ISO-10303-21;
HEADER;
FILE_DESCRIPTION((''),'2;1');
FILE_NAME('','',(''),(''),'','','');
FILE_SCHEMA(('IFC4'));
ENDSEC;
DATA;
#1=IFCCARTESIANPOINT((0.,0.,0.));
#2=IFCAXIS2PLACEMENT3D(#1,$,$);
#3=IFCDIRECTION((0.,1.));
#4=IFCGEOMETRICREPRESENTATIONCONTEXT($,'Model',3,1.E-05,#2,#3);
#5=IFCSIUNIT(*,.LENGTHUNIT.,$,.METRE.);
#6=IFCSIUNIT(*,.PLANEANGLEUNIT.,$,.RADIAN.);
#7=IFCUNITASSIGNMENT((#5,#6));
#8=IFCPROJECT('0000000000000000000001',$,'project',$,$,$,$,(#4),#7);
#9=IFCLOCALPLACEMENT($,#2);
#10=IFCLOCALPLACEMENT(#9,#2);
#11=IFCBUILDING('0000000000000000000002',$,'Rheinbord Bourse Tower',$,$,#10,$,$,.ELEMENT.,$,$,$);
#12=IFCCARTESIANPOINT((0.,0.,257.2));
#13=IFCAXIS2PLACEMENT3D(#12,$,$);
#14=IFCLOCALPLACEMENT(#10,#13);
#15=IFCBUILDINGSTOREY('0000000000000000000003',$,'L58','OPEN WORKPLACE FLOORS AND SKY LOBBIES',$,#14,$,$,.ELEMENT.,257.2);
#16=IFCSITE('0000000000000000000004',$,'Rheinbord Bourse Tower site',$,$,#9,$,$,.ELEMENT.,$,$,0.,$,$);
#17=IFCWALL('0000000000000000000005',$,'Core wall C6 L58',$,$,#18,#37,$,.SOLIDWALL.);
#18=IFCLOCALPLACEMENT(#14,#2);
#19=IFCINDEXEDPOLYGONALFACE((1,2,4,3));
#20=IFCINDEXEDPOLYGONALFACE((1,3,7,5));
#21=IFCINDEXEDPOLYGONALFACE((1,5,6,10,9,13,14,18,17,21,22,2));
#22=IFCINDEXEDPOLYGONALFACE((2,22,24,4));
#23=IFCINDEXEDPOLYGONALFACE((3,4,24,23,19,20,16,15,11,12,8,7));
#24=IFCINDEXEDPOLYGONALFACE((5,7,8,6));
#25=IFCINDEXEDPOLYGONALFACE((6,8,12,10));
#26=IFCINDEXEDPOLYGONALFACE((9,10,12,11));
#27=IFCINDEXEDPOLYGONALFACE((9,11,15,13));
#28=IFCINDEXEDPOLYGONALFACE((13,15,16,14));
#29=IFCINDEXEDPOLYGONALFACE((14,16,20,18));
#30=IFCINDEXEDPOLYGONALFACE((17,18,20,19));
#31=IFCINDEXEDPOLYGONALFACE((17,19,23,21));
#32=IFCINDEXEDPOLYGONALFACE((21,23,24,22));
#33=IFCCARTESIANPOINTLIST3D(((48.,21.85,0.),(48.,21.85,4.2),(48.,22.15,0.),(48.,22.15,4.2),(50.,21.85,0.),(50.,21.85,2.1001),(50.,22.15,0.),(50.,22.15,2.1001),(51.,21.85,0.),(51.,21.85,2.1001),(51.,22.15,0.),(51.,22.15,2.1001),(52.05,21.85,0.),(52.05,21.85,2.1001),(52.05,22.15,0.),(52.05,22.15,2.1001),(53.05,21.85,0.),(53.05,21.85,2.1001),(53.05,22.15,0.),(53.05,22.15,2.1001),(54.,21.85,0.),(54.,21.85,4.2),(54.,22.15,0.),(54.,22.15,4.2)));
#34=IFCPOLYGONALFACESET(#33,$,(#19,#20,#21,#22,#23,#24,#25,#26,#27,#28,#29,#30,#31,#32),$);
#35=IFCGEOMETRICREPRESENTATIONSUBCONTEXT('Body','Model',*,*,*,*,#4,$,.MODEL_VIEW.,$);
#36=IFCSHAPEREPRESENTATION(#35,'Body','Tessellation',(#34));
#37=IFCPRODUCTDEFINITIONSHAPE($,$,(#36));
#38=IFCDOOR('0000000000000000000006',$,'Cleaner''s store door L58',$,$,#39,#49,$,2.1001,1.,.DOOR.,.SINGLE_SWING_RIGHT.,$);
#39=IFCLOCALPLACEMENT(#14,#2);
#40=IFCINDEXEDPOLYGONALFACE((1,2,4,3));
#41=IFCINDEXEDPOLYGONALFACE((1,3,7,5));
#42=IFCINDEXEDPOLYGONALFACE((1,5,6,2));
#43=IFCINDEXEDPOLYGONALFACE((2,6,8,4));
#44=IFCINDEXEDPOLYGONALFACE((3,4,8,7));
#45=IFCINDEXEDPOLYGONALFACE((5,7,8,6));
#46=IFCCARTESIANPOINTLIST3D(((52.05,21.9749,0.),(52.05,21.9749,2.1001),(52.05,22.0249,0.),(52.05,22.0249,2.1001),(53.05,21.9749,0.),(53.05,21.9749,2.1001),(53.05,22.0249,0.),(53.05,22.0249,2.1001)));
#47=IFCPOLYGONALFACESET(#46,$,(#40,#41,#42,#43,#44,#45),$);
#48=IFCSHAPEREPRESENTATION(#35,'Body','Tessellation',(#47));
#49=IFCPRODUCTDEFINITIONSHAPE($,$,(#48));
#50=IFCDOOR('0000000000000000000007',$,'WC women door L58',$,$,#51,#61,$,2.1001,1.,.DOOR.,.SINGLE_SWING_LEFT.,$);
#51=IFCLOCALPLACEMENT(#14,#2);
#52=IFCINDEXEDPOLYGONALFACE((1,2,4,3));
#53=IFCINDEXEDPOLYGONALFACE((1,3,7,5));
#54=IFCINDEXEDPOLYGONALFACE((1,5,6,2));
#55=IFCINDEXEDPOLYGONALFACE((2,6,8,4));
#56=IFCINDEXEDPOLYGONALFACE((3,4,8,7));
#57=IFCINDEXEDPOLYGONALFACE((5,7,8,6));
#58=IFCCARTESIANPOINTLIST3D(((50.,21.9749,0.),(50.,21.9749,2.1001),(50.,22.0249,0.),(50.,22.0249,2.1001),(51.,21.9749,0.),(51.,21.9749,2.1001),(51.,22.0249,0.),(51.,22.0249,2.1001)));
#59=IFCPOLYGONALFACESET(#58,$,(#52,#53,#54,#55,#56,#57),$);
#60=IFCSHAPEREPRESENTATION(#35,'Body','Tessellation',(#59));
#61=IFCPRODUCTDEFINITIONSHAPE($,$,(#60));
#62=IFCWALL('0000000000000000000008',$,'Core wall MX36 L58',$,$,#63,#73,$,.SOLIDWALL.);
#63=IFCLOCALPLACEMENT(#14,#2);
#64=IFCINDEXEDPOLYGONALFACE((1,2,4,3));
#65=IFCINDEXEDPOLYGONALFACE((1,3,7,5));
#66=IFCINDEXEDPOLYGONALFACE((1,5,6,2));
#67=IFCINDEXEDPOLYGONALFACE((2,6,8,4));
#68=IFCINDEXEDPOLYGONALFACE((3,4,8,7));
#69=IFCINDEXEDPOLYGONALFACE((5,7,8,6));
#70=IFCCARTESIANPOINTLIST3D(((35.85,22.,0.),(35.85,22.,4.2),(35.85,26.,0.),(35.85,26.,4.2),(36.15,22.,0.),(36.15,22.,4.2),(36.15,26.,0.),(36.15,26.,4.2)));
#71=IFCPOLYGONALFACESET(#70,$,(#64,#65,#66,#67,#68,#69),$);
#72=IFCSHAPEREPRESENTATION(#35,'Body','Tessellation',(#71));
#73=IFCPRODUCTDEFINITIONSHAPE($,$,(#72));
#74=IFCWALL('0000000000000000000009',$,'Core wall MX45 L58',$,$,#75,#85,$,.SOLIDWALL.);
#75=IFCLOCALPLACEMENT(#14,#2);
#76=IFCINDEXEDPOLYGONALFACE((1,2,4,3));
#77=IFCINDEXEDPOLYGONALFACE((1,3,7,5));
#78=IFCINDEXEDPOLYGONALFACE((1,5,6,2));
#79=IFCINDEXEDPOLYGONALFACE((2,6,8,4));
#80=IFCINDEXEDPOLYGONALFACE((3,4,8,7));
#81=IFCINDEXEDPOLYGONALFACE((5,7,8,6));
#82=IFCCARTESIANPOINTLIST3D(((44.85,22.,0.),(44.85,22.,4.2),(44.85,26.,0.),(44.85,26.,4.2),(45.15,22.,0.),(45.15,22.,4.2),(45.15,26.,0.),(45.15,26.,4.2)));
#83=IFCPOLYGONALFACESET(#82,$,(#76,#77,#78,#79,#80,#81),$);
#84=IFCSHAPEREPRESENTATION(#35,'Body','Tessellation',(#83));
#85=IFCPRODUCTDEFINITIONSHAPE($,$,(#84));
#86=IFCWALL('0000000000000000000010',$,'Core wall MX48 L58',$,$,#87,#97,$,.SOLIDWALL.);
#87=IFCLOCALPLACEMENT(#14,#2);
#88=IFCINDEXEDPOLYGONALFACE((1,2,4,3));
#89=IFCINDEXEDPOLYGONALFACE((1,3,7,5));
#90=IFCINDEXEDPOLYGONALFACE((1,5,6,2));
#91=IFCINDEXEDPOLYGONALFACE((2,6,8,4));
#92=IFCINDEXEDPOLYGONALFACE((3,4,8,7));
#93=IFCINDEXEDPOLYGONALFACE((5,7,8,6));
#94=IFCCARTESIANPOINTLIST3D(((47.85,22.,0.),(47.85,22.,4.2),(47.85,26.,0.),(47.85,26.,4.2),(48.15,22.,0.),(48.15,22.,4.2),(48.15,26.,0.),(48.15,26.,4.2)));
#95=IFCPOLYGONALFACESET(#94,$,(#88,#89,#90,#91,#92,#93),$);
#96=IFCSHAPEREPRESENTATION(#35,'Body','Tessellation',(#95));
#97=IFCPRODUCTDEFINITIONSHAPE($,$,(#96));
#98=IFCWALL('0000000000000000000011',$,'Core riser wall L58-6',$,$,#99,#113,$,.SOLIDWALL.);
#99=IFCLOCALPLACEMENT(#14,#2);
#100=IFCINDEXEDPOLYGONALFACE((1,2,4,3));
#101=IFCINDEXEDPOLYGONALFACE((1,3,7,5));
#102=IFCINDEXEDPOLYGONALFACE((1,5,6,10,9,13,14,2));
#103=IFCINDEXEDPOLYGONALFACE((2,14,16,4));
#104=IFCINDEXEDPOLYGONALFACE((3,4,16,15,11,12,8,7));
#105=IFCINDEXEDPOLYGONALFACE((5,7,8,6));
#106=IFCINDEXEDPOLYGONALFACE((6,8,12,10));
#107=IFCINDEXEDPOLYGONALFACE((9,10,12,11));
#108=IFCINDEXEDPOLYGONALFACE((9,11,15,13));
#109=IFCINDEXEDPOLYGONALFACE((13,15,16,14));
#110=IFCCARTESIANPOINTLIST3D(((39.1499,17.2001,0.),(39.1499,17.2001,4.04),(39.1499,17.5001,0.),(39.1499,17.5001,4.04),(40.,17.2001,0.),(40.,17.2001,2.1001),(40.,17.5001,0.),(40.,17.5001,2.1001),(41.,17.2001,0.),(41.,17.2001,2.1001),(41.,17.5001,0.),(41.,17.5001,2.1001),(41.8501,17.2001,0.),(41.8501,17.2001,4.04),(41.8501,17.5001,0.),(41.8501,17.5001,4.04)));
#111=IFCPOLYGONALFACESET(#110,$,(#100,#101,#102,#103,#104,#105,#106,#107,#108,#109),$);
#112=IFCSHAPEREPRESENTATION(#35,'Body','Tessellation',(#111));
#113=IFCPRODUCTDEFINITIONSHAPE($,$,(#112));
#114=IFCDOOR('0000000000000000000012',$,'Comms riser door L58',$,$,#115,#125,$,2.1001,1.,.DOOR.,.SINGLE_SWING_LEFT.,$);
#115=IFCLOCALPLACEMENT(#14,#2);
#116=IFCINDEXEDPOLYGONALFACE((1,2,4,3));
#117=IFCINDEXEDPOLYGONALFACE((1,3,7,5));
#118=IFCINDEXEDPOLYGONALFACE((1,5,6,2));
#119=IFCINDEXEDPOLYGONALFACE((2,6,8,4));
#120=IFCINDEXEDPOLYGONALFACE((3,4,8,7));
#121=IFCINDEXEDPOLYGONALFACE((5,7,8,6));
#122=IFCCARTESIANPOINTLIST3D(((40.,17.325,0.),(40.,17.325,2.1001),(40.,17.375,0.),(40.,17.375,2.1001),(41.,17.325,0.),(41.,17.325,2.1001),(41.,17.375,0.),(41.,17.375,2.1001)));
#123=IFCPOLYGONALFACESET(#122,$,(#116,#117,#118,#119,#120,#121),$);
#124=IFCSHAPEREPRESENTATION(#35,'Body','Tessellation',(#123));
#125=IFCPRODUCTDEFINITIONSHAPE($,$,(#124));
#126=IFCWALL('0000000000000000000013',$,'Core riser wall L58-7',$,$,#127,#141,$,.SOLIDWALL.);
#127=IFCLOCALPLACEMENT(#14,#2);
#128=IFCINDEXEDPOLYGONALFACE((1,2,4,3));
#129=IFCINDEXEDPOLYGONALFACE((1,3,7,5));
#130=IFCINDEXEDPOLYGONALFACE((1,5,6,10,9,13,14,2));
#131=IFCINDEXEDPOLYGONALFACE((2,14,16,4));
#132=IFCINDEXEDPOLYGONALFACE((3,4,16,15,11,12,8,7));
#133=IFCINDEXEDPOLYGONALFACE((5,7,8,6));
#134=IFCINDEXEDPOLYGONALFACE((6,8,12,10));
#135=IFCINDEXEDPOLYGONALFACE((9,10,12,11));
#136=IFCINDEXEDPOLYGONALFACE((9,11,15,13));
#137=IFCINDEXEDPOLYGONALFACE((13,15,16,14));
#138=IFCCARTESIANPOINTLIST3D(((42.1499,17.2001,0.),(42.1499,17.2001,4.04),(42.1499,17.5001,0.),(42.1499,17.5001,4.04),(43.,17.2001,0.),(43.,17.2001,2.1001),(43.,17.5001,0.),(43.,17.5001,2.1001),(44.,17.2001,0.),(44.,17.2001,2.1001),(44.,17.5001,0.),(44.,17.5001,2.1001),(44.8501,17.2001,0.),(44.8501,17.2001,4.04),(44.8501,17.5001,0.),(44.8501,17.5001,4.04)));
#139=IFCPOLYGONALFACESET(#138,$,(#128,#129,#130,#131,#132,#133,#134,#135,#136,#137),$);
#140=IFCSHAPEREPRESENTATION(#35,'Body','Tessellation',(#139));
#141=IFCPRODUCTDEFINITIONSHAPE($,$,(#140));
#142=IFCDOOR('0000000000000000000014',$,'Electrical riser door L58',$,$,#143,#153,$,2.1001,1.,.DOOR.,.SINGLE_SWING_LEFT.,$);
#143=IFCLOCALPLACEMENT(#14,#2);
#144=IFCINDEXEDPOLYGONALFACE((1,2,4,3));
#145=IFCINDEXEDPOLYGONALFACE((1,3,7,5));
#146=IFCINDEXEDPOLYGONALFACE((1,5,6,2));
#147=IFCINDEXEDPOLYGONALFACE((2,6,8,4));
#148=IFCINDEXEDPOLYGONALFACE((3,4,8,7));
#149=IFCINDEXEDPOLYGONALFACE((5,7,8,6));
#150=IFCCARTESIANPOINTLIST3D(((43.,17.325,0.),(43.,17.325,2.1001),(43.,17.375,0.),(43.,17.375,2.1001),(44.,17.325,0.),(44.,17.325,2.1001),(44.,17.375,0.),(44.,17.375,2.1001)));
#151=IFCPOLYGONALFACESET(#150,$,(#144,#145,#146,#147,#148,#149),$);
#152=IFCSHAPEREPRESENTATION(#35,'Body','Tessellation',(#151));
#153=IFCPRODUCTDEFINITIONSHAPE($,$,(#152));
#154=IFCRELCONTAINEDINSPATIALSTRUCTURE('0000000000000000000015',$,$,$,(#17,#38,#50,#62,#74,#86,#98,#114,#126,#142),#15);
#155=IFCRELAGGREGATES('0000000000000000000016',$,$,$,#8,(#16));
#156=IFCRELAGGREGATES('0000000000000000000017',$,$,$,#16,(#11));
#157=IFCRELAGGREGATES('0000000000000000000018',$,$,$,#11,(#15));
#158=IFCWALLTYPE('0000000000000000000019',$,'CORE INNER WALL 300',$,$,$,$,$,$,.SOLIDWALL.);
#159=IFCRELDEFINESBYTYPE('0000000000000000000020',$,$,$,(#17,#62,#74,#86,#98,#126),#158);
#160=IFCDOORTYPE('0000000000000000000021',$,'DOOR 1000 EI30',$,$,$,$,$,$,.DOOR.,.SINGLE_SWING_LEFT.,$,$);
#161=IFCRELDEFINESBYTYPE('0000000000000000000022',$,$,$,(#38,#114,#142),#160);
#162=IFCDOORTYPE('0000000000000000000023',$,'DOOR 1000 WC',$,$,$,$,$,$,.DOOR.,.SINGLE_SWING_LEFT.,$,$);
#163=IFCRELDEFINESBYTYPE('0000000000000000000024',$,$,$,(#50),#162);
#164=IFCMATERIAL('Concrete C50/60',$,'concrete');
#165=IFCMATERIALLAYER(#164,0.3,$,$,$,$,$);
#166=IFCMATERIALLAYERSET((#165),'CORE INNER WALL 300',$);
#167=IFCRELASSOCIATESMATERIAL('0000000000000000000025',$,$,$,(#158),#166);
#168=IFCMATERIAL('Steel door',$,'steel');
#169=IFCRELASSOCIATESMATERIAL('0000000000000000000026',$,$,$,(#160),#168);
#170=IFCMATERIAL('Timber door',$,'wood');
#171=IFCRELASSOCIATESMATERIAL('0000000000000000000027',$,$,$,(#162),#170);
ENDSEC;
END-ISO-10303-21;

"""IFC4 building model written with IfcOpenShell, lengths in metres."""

from ifc_helpers import new_model, si_unit, direction, frame, frame_2d, origin, place, context, subcontext, project, spatial, rectangle, extrude, material, layer, layer_set, type_object, element, fill, save


model = new_model("IFC4")

# Units and contexts
model_context = context("Model", 3, precision=1e-05, world=origin(), true_north=direction((0.0, 1.0)))
body_context = subcontext(model_context, "Body", "Model", "MODEL_VIEW")
ifc_project = project(units=[si_unit("LENGTHUNIT", "METRE"), si_unit("PLANEANGLEUNIT", "RADIAN")], contexts=[model_context])

# Site, building, storey
site_placement = place(None, origin())
site = spatial("IfcSite", under=ifc_project, at=site_placement, Name="Rheinbord Bourse Tower site", CompositionType="ELEMENT", RefElevation=0.0)
building_placement = place(site_placement, origin())
building = spatial("IfcBuilding", under=site, at=building_placement, Name="Rheinbord Bourse Tower", CompositionType="ELEMENT")
storey_placement = place(building_placement, frame((0.0, 0.0, 257.2)))
storey = spatial("IfcBuildingStorey", under=building, at=storey_placement, Name="L58", Description="OPEN WORKPLACE FLOORS AND SKY LOBBIES", CompositionType="ELEMENT", Elevation=257.2)

# Shared definitions
ifc_material_1 = material(Name="Concrete C50/60", Category="concrete")
ifc_layer_1 = layer(ifc_material_1, 0.3)
ifc_layer_set_1 = layer_set([ifc_layer_1], Name="CORE INNER WALL 300")
wall_type_1 = type_object("IfcWallType", Name="CORE INNER WALL 300", PredefinedType="SOLIDWALL", material=ifc_layer_set_1)
ifc_material_2 = material(Name="Steel door", Category="steel")
door_type_1 = type_object("IfcDoorType", Name="DOOR 1000 EI30", OperationType="SINGLE_SWING_LEFT", PredefinedType="DOOR", material=ifc_material_2)
ifc_material_3 = material(Name="Timber door", Category="wood")
door_type_2 = type_object("IfcDoorType", Name="DOOR 1000 WC", OperationType="SINGLE_SWING_LEFT", PredefinedType="DOOR", material=ifc_material_3)

# Wall, openings, doors
wall_1_placement = place(storey_placement, frame((48.0, 22.0, 0.0), z_axis=(0.0, 0.0, 1.0), x_axis=(1.0, 0.0, 0.0)))
wall_1 = element("IfcWall", 1, at=wall_1_placement, inside=storey, type_object=wall_type_1, Name="Core wall C6 L58", PredefinedType="SOLIDWALL", context=body_context, shape_type="SweptSolid", body=[
    extrude(rectangle(XDim=6.0, YDim=0.3, at=frame_2d((3.0, 0.0))), origin(), (0.0, 0.0, 1.0), 4.2),
])
opening_1_placement = place(wall_1_placement, frame((2.0, 0.0, 0.0)))
opening_1 = element("IfcOpeningElement", 2, at=opening_1_placement, cuts=wall_1, PredefinedType="OPENING", context=body_context, shape_type="SweptSolid", body=[
    extrude(rectangle(XDim=1.0, YDim=2.1001, at=frame_2d((0.5, 1.05))), frame((0.0, 0.1599, 0.0), z_axis=(0.0, -1.0, 0.0), x_axis=(1.0, 0.0, 0.0)), (0.0, 0.0, 1.0), 0.3201),
])
opening_2_placement = place(wall_1_placement, frame((4.05, 0.0, 0.0)))
opening_2 = element("IfcOpeningElement", 3, at=opening_2_placement, cuts=wall_1, PredefinedType="OPENING", context=body_context, shape_type="SweptSolid", body=[
    extrude(rectangle(XDim=1.0, YDim=2.1001, at=frame_2d((0.5, 1.05))), frame((0.0, 0.1599, 0.0), z_axis=(0.0, -1.0, 0.0), x_axis=(1.0, 0.0, 0.0)), (0.0, 0.0, 1.0), 0.3201),
])
door_1_placement = place(opening_2_placement, origin())
door_1 = element("IfcDoor", 4, at=door_1_placement, inside=storey, type_object=door_type_1, Name="Cleaner's store door L58", OperationType="SINGLE_SWING_RIGHT", OverallHeight=2.1001, OverallWidth=1.0, PredefinedType="DOOR", context=body_context, shape_type="SweptSolid", body=[
    extrude(rectangle(XDim=1.0, YDim=2.1001, at=frame_2d((0.5, 1.05))), frame((0.0, 0.0249, 0.0), z_axis=(0.0, -1.0, 0.0), x_axis=(1.0, 0.0, 0.0)), (0.0, 0.0, 1.0), 0.05),
])
fill(opening_2, door_1)
door_2_placement = place(opening_1_placement, origin())
door_2 = element("IfcDoor", 5, at=door_2_placement, inside=storey, type_object=door_type_2, Name="WC women door L58", OperationType="SINGLE_SWING_LEFT", OverallHeight=2.1001, OverallWidth=1.0, PredefinedType="DOOR", context=body_context, shape_type="SweptSolid", body=[
    extrude(rectangle(XDim=1.0, YDim=2.1001, at=frame_2d((0.5, 1.05))), frame((0.0, 0.0249, 0.0), z_axis=(0.0, -1.0, 0.0), x_axis=(1.0, 0.0, 0.0)), (0.0, 0.0, 1.0), 0.05),
])
fill(opening_1, door_2)

# Walls
for number, where, z_axis, x_axis, name in (
    (6, (36.0, 22.0, 0.0), (0.0, 0.0, 1.0), (0.0, 1.0, 0.0), "Core wall MX36 L58"),
    (7, (45.0, 22.0, 0.0), (0.0, 0.0, 1.0), (0.0, 1.0, 0.0), "Core wall MX45 L58"),
    (8, (48.0, 22.0, 0.0), (0.0, 0.0, 1.0), (0.0, 1.0, 0.0), "Core wall MX48 L58"),
):
    element("IfcWall", number, at=place(storey_placement, frame(where, z_axis=z_axis, x_axis=x_axis)), inside=storey, type_object=wall_type_1, Name=name, PredefinedType="SOLIDWALL", context=body_context, shape_type="SweptSolid", body=[
        extrude(rectangle(XDim=4.0, YDim=0.3, at=frame_2d((2.0, 0.0))), origin(), (0.0, 0.0, 1.0), 4.2),
    ])

# Walls, openings, doors
wall_2_placement = place(storey_placement, frame((39.1499, 17.3501, 0.0), z_axis=(0.0, 0.0, 1.0), x_axis=(1.0, 0.0, 0.0)))
wall_2 = element("IfcWall", 9, at=wall_2_placement, inside=storey, type_object=wall_type_1, Name="Core riser wall L58-6", PredefinedType="SOLIDWALL", context=body_context, shape_type="SweptSolid", body=[
    extrude(rectangle(XDim=2.7002, YDim=0.3, at=frame_2d((1.3501, 0.0))), origin(), (0.0, 0.0, 1.0), 4.04),
])
opening_3_placement = place(wall_2_placement, frame((0.8501, 0.0, 0.0)))
opening_3 = element("IfcOpeningElement", 10, at=opening_3_placement, cuts=wall_2, PredefinedType="OPENING", context=body_context, shape_type="SweptSolid", body=[
    extrude(rectangle(XDim=1.0, YDim=2.1001, at=frame_2d((0.5, 1.05))), frame((0.0, 0.1599, 0.0), z_axis=(0.0, -1.0, 0.0), x_axis=(1.0, 0.0, 0.0)), (0.0, 0.0, 1.0), 0.3201),
])
door_3_placement = place(opening_3_placement, origin())
door_3 = element("IfcDoor", 11, at=door_3_placement, inside=storey, type_object=door_type_1, Name="Comms riser door L58", OperationType="SINGLE_SWING_LEFT", OverallHeight=2.1001, OverallWidth=1.0, PredefinedType="DOOR", context=body_context, shape_type="SweptSolid", body=[
    extrude(rectangle(XDim=1.0, YDim=2.1001, at=frame_2d((0.5, 1.05))), frame((0.0, 0.0249, 0.0), z_axis=(0.0, -1.0, 0.0), x_axis=(1.0, 0.0, 0.0)), (0.0, 0.0, 1.0), 0.05),
])
fill(opening_3, door_3)
wall_3_placement = place(storey_placement, frame((42.1499, 17.3501, 0.0), z_axis=(0.0, 0.0, 1.0), x_axis=(1.0, 0.0, 0.0)))
wall_3 = element("IfcWall", 12, at=wall_3_placement, inside=storey, type_object=wall_type_1, Name="Core riser wall L58-7", PredefinedType="SOLIDWALL", context=body_context, shape_type="SweptSolid", body=[
    extrude(rectangle(XDim=2.7002, YDim=0.3, at=frame_2d((1.3501, 0.0))), origin(), (0.0, 0.0, 1.0), 4.04),
])
opening_4_placement = place(wall_3_placement, frame((0.8501, 0.0, 0.0)))
opening_4 = element("IfcOpeningElement", 13, at=opening_4_placement, cuts=wall_3, PredefinedType="OPENING", context=body_context, shape_type="SweptSolid", body=[
    extrude(rectangle(XDim=1.0, YDim=2.1001, at=frame_2d((0.5, 1.05))), frame((0.0, 0.1599, 0.0), z_axis=(0.0, -1.0, 0.0), x_axis=(1.0, 0.0, 0.0)), (0.0, 0.0, 1.0), 0.3201),
])
door_4_placement = place(opening_4_placement, origin())
door_4 = element("IfcDoor", 14, at=door_4_placement, inside=storey, type_object=door_type_1, Name="Electrical riser door L58", OperationType="SINGLE_SWING_LEFT", OverallHeight=2.1001, OverallWidth=1.0, PredefinedType="DOOR", context=body_context, shape_type="SweptSolid", body=[
    extrude(rectangle(XDim=1.0, YDim=2.1001, at=frame_2d((0.5, 1.05))), frame((0.0, 0.0249, 0.0), z_axis=(0.0, -1.0, 0.0), x_axis=(1.0, 0.0, 0.0)), (0.0, 0.0, 1.0), 0.05),
])
fill(opening_4, door_4)

save(model, "model.ifc")
